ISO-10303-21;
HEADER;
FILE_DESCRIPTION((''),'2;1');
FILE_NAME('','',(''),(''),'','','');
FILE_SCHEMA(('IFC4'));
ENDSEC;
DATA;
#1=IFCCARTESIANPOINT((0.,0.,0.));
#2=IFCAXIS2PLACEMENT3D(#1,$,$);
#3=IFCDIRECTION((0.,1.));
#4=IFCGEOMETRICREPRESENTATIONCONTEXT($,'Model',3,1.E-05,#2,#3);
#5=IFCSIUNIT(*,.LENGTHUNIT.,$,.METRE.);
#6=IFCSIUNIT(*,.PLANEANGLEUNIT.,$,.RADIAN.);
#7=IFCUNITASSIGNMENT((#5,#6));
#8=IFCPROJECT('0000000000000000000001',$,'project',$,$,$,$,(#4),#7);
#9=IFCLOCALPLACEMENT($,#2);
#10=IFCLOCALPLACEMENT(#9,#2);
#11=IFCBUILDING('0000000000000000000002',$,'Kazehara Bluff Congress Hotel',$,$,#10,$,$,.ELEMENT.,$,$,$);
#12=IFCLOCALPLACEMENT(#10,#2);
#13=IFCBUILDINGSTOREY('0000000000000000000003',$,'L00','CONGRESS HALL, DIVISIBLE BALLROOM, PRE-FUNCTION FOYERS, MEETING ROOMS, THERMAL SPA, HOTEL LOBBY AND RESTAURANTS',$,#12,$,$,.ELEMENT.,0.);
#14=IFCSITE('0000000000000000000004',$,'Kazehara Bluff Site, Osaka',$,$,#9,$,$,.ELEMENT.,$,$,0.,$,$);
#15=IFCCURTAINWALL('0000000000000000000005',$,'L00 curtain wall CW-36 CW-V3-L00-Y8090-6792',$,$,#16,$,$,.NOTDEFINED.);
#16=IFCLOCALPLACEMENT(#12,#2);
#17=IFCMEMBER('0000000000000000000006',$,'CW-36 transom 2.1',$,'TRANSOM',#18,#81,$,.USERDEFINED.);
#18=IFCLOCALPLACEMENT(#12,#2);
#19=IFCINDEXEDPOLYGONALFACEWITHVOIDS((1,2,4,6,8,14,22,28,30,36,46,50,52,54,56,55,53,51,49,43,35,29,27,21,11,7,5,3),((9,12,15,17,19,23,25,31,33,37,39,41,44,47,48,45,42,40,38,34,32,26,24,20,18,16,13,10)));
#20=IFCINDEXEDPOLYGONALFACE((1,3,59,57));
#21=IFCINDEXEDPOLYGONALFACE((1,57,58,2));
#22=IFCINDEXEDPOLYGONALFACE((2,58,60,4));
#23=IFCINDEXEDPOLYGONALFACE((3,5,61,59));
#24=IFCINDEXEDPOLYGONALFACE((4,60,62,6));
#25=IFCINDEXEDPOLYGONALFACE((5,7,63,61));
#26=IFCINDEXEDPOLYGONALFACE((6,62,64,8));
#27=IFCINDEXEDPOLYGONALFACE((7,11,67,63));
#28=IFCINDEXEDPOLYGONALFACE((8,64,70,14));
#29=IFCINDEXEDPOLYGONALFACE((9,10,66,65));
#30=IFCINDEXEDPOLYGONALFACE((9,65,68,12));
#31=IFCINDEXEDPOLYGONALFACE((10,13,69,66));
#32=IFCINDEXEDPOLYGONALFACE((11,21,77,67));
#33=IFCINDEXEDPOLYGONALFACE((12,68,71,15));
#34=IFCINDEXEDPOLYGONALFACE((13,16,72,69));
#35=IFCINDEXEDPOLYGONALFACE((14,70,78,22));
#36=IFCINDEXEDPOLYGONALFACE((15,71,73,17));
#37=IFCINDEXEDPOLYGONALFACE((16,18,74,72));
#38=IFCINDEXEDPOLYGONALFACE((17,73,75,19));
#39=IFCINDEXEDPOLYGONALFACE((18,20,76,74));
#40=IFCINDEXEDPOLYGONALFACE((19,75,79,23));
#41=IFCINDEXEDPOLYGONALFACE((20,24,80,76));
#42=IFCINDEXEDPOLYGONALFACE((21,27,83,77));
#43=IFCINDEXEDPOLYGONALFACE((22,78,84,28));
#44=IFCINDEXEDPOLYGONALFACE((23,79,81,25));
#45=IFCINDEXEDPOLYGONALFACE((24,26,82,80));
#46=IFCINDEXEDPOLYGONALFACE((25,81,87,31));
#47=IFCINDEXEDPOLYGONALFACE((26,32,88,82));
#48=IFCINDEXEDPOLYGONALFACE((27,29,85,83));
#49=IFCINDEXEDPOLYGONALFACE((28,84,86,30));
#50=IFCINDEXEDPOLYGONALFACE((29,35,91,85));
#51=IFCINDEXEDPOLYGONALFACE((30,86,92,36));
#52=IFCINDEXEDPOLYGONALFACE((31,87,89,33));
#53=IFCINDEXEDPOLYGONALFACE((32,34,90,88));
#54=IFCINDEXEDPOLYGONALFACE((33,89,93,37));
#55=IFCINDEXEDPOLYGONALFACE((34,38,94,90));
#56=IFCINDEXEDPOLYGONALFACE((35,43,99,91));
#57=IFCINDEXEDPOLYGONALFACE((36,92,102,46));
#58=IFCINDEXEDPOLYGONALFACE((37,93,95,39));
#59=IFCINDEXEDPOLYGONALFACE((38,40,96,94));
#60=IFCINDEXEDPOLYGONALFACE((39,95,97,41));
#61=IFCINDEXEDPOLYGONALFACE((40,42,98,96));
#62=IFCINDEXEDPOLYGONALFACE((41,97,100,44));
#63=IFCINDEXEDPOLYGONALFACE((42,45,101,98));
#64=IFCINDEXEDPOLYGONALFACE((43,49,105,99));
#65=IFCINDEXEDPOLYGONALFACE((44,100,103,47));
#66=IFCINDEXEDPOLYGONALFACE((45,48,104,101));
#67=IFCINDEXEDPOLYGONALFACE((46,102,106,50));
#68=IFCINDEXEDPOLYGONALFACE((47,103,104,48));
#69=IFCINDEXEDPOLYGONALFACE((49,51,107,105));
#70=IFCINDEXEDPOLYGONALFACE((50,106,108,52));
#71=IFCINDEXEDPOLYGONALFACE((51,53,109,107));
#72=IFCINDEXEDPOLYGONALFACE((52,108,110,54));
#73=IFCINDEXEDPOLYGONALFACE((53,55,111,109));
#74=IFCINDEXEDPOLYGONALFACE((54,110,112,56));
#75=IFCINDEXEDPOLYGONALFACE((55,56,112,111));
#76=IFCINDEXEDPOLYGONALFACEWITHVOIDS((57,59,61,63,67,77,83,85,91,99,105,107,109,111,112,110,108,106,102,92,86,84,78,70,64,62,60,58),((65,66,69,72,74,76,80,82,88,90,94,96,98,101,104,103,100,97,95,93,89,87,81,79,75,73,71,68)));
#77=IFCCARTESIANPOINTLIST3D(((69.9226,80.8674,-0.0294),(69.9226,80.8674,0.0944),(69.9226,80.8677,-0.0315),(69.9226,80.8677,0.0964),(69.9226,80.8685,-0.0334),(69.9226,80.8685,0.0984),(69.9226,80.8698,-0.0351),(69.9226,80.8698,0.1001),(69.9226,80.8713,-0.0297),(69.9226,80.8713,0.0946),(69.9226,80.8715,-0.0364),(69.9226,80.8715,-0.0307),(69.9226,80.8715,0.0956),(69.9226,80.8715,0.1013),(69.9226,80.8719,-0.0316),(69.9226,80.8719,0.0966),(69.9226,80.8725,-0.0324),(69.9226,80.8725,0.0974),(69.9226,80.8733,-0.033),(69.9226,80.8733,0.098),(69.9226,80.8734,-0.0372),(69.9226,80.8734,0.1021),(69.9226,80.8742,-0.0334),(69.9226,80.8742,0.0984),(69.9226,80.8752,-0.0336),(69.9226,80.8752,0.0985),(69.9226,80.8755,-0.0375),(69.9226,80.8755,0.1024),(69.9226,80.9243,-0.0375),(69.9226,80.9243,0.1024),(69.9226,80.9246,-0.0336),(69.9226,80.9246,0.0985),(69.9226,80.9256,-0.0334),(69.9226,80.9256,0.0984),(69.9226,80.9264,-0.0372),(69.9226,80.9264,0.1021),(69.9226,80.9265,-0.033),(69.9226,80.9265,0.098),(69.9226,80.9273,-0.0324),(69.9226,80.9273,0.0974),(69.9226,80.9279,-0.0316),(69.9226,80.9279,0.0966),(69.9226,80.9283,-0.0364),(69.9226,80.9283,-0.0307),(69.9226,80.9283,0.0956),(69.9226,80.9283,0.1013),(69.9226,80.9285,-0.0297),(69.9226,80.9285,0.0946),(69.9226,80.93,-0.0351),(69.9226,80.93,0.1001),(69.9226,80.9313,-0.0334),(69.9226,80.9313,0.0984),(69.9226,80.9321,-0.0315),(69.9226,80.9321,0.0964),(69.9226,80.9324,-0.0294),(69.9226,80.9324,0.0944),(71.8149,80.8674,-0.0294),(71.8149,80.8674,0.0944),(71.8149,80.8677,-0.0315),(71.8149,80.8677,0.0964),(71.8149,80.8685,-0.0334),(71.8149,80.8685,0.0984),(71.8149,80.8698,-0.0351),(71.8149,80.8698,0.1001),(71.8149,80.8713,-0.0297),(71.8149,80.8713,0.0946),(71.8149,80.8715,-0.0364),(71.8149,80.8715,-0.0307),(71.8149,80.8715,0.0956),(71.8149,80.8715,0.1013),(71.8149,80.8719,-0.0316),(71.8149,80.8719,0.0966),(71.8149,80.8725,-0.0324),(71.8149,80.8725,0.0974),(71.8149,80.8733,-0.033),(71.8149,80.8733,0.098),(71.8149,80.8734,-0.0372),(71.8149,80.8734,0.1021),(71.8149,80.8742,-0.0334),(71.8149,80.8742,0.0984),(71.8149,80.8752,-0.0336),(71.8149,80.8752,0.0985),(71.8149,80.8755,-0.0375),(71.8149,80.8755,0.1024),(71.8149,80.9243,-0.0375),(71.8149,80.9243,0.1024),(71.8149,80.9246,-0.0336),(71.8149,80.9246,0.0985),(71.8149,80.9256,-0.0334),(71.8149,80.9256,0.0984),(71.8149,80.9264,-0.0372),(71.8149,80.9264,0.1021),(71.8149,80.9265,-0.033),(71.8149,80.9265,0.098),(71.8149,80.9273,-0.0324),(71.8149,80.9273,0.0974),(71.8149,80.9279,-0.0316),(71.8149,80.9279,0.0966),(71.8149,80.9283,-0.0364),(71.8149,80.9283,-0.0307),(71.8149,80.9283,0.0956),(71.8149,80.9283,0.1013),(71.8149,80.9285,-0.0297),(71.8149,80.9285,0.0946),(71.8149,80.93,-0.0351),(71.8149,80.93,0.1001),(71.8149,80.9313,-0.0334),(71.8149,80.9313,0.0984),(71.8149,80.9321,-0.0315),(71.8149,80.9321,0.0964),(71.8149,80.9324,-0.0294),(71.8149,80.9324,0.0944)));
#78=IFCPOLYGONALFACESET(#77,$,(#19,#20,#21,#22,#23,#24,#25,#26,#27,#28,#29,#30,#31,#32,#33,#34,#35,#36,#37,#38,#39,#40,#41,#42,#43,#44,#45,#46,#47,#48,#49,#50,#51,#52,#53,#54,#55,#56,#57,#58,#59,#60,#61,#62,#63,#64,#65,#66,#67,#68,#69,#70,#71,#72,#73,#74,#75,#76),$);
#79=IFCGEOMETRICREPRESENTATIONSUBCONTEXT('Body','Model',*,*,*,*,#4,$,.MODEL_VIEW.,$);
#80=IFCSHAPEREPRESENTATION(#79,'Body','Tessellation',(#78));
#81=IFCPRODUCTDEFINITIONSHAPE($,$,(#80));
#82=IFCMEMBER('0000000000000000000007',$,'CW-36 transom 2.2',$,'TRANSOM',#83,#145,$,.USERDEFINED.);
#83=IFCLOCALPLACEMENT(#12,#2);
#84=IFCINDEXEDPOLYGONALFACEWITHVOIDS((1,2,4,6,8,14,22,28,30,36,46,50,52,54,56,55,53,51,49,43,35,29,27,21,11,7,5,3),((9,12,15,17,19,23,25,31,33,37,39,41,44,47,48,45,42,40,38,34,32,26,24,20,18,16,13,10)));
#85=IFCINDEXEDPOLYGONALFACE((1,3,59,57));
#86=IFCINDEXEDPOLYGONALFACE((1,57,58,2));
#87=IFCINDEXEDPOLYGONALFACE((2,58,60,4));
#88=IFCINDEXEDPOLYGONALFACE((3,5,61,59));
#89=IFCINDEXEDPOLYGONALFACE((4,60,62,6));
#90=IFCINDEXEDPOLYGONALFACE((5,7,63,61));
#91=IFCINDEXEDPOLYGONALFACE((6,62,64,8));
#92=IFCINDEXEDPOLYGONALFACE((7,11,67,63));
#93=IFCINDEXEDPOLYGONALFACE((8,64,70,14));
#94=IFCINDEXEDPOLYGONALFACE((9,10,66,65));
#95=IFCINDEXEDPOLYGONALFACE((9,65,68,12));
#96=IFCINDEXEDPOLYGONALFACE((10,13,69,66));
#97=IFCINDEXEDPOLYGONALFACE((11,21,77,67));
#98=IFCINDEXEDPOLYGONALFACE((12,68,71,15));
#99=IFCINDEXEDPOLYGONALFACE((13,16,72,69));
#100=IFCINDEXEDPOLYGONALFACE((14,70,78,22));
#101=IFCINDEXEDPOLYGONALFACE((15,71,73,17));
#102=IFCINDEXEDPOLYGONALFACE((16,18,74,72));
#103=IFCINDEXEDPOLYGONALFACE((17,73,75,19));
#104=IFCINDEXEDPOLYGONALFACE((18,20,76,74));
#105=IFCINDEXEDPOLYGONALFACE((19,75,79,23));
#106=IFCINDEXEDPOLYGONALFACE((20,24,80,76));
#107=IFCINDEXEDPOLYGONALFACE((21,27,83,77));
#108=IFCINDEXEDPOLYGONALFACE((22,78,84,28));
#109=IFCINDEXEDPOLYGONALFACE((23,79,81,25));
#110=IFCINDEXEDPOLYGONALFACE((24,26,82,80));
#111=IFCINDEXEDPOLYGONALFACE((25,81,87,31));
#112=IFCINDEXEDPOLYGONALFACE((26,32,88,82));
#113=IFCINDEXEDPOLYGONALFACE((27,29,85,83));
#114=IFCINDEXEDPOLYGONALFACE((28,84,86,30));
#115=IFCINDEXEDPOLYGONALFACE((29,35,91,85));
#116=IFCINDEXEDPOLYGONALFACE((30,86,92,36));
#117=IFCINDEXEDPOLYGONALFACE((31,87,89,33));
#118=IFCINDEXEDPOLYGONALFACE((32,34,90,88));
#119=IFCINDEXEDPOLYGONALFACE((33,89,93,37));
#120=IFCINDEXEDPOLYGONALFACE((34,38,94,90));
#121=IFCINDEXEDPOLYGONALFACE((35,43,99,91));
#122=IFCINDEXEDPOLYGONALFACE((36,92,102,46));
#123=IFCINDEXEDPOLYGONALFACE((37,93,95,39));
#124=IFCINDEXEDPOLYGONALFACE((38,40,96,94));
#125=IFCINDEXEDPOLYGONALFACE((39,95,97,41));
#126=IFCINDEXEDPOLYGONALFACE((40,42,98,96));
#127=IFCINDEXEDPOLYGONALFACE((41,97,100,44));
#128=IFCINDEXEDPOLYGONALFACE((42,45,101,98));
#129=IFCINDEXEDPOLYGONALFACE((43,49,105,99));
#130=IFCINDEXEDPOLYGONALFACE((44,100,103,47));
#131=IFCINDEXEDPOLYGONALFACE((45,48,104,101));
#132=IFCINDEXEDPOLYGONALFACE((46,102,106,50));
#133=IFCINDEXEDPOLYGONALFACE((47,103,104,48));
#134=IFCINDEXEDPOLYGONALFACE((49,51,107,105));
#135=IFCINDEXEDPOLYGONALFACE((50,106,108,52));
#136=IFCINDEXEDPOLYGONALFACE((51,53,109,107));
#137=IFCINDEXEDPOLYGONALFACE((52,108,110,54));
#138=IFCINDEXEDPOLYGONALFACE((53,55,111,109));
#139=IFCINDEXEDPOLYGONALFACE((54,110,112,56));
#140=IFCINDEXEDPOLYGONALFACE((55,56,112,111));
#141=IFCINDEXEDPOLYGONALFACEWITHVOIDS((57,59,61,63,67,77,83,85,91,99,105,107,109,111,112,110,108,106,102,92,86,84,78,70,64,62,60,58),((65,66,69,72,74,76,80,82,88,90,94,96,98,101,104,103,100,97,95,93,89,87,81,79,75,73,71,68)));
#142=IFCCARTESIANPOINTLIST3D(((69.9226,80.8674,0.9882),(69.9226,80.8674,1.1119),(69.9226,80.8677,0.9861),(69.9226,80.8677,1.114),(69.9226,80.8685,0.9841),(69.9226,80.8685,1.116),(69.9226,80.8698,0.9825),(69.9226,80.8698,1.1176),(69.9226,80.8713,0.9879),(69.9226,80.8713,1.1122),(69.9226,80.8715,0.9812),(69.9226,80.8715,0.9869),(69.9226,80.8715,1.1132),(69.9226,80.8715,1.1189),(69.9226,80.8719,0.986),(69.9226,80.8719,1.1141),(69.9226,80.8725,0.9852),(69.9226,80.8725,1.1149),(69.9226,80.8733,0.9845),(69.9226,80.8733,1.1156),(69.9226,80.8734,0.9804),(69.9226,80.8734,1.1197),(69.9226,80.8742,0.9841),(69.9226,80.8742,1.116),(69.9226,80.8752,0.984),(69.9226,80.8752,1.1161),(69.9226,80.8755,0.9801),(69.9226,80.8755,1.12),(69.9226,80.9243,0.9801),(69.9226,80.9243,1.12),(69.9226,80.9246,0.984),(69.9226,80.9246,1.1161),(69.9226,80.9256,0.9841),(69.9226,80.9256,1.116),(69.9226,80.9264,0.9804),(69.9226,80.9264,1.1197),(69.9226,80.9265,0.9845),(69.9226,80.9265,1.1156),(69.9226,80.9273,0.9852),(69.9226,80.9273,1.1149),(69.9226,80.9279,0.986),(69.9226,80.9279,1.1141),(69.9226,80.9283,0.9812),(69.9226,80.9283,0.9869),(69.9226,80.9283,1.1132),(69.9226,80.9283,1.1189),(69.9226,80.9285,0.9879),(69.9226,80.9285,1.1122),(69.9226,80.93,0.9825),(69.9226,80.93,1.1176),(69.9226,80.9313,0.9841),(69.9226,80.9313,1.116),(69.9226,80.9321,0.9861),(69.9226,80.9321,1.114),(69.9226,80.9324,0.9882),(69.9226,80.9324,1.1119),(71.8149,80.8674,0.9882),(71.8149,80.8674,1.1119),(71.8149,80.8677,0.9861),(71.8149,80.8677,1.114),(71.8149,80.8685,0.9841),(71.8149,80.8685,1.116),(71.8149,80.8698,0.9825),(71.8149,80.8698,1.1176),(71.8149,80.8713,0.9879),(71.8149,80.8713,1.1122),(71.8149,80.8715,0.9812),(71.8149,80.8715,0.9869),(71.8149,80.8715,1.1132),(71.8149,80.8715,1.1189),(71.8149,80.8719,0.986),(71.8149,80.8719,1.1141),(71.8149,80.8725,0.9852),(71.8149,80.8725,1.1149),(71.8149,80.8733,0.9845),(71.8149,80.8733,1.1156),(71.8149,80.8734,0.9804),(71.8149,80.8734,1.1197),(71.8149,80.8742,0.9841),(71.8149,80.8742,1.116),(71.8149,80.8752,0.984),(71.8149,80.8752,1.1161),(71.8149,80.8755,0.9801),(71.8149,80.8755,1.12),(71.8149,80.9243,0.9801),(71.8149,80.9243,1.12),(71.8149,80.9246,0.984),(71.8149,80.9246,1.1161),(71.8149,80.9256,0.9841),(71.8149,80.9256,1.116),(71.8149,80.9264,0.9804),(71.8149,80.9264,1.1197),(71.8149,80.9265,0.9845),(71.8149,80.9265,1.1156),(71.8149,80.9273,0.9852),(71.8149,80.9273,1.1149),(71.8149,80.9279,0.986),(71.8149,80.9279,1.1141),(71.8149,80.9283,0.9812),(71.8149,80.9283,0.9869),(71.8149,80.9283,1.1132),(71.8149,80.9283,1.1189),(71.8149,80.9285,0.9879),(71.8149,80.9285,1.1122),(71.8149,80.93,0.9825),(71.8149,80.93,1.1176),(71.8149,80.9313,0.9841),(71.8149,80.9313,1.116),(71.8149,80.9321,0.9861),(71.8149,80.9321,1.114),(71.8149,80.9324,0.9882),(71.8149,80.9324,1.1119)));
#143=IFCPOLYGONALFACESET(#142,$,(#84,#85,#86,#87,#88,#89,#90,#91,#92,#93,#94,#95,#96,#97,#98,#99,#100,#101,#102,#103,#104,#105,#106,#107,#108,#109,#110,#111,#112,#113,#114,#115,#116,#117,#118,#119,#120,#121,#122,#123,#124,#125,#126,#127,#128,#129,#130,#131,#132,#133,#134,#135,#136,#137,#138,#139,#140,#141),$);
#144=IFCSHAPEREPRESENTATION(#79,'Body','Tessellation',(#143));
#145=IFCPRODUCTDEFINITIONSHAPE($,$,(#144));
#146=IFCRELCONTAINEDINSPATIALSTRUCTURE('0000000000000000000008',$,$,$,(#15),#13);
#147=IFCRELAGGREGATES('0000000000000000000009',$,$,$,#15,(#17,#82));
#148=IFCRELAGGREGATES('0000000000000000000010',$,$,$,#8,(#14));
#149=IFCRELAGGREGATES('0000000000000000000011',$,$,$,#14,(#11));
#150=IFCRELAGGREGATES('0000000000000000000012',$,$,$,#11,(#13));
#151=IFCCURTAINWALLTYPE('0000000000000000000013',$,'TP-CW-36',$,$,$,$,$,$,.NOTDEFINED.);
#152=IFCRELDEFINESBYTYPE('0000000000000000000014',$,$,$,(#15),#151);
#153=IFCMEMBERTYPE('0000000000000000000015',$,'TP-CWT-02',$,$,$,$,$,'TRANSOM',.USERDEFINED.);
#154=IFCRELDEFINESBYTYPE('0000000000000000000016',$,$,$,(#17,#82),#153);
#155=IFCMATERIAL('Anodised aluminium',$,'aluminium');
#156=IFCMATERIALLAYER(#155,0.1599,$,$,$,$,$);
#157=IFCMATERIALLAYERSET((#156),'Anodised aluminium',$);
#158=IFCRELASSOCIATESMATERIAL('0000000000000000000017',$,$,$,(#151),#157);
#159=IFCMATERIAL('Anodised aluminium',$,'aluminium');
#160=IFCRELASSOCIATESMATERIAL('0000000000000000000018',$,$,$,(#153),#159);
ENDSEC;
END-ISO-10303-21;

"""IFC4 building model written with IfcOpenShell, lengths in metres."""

from ifc_helpers import new_model, si_unit, direction, frame, origin, origin_2d, place, context, subcontext, project, spatial, hollow_rectangle, extrude, material, layer, layer_set, material_profile, profile_set, type_object, element, aggregate, save


model = new_model("IFC4")

# Units and contexts
model_context = context("Model", 3, precision=1e-05, world=origin(), true_north=direction((0.0, 1.0)))
body_context = subcontext(model_context, "Body", "Model", "MODEL_VIEW")
ifc_project = project(units=[si_unit("LENGTHUNIT", "METRE"), si_unit("PLANEANGLEUNIT", "RADIAN")], contexts=[model_context])

# Site, building, storey
site_placement = place(None, origin())
site = spatial("IfcSite", under=ifc_project, at=site_placement, Name="Kazehara Bluff Site, Osaka", CompositionType="ELEMENT", RefElevation=0.0)
building_placement = place(site_placement, origin())
building = spatial("IfcBuilding", under=site, at=building_placement, Name="Kazehara Bluff Congress Hotel", CompositionType="ELEMENT")
storey_placement = place(building_placement, origin())
storey = spatial("IfcBuildingStorey", under=building, at=storey_placement, Name="L00", Description="CONGRESS HALL, DIVISIBLE BALLROOM, PRE-FUNCTION FOYERS, MEETING ROOMS, THERMAL SPA, HOTEL LOBBY AND RESTAURANTS", CompositionType="ELEMENT", Elevation=0.0)

# Curtain wall
ifc_material_1 = material(Name="Anodised aluminium", Category="aluminium")
ifc_layer_1 = layer(ifc_material_1, 0.1599)
ifc_layer_set_1 = layer_set([ifc_layer_1], Name="Anodised aluminium")
curtain_wall_type_1 = type_object("IfcCurtainWallType", Name="TP-CW-36", PredefinedType="NOTDEFINED", material=ifc_layer_set_1)
curtain_wall_1_placement = place(storey_placement, origin())
curtain_wall_1 = element("IfcCurtainWall", 1, at=curtain_wall_1_placement, inside=storey, type_object=curtain_wall_type_1, Name="L00 curtain wall CW-36 CW-V3-L00-Y8090-6792", PredefinedType="NOTDEFINED")
ifc_material_2 = material(Name="Anodised aluminium", Category="aluminium")
ifc_material_profile_1 = material_profile(ifc_material_2, hollow_rectangle(XDim=0.0649, YDim=0.1399, WallThickness=0.0039, InnerFilletRadius=0.0039, OuterFilletRadius=0.0081, at=origin_2d()))
ifc_profile_set_1 = profile_set([ifc_material_profile_1], Name="Anodised aluminium")
member_type_1 = type_object("IfcMemberType", Name="TP-CWT-02", ElementType="TRANSOM", PredefinedType="USERDEFINED", material=ifc_profile_set_1)

# Members
member_1_placement = place(storey_placement, frame((69.9226, 80.8999, 0.0325), z_axis=(1.0, 0.0, 0.0), x_axis=(0.0, 1.0, 0.0)))
member_1 = element("IfcMember", 2, at=member_1_placement, type_object=member_type_1, Name="CW-36 transom 2.1", ObjectType="TRANSOM", PredefinedType="USERDEFINED", context=body_context, shape_type="SweptSolid", body=[
    extrude(hollow_rectangle(XDim=0.0649, YDim=0.1399, WallThickness=0.0039, InnerFilletRadius=0.0039, OuterFilletRadius=0.0081, at=origin_2d()), origin(), (0.0, 0.0, 1.0), 1.8923),
])
member_2_placement = place(storey_placement, frame((69.9226, 80.8999, 1.05), z_axis=(1.0, 0.0, 0.0), x_axis=(0.0, 1.0, 0.0)))
member_2 = element("IfcMember", 3, at=member_2_placement, type_object=member_type_1, Name="CW-36 transom 2.2", ObjectType="TRANSOM", PredefinedType="USERDEFINED", context=body_context, shape_type="SweptSolid", body=[
    extrude(hollow_rectangle(XDim=0.0649, YDim=0.1399, WallThickness=0.0039, InnerFilletRadius=0.0039, OuterFilletRadius=0.0081, at=origin_2d()), origin(), (0.0, 0.0, 1.0), 1.8923),
])

aggregate(curtain_wall_1, [member_1, member_2])

save(model, "model.ifc")
